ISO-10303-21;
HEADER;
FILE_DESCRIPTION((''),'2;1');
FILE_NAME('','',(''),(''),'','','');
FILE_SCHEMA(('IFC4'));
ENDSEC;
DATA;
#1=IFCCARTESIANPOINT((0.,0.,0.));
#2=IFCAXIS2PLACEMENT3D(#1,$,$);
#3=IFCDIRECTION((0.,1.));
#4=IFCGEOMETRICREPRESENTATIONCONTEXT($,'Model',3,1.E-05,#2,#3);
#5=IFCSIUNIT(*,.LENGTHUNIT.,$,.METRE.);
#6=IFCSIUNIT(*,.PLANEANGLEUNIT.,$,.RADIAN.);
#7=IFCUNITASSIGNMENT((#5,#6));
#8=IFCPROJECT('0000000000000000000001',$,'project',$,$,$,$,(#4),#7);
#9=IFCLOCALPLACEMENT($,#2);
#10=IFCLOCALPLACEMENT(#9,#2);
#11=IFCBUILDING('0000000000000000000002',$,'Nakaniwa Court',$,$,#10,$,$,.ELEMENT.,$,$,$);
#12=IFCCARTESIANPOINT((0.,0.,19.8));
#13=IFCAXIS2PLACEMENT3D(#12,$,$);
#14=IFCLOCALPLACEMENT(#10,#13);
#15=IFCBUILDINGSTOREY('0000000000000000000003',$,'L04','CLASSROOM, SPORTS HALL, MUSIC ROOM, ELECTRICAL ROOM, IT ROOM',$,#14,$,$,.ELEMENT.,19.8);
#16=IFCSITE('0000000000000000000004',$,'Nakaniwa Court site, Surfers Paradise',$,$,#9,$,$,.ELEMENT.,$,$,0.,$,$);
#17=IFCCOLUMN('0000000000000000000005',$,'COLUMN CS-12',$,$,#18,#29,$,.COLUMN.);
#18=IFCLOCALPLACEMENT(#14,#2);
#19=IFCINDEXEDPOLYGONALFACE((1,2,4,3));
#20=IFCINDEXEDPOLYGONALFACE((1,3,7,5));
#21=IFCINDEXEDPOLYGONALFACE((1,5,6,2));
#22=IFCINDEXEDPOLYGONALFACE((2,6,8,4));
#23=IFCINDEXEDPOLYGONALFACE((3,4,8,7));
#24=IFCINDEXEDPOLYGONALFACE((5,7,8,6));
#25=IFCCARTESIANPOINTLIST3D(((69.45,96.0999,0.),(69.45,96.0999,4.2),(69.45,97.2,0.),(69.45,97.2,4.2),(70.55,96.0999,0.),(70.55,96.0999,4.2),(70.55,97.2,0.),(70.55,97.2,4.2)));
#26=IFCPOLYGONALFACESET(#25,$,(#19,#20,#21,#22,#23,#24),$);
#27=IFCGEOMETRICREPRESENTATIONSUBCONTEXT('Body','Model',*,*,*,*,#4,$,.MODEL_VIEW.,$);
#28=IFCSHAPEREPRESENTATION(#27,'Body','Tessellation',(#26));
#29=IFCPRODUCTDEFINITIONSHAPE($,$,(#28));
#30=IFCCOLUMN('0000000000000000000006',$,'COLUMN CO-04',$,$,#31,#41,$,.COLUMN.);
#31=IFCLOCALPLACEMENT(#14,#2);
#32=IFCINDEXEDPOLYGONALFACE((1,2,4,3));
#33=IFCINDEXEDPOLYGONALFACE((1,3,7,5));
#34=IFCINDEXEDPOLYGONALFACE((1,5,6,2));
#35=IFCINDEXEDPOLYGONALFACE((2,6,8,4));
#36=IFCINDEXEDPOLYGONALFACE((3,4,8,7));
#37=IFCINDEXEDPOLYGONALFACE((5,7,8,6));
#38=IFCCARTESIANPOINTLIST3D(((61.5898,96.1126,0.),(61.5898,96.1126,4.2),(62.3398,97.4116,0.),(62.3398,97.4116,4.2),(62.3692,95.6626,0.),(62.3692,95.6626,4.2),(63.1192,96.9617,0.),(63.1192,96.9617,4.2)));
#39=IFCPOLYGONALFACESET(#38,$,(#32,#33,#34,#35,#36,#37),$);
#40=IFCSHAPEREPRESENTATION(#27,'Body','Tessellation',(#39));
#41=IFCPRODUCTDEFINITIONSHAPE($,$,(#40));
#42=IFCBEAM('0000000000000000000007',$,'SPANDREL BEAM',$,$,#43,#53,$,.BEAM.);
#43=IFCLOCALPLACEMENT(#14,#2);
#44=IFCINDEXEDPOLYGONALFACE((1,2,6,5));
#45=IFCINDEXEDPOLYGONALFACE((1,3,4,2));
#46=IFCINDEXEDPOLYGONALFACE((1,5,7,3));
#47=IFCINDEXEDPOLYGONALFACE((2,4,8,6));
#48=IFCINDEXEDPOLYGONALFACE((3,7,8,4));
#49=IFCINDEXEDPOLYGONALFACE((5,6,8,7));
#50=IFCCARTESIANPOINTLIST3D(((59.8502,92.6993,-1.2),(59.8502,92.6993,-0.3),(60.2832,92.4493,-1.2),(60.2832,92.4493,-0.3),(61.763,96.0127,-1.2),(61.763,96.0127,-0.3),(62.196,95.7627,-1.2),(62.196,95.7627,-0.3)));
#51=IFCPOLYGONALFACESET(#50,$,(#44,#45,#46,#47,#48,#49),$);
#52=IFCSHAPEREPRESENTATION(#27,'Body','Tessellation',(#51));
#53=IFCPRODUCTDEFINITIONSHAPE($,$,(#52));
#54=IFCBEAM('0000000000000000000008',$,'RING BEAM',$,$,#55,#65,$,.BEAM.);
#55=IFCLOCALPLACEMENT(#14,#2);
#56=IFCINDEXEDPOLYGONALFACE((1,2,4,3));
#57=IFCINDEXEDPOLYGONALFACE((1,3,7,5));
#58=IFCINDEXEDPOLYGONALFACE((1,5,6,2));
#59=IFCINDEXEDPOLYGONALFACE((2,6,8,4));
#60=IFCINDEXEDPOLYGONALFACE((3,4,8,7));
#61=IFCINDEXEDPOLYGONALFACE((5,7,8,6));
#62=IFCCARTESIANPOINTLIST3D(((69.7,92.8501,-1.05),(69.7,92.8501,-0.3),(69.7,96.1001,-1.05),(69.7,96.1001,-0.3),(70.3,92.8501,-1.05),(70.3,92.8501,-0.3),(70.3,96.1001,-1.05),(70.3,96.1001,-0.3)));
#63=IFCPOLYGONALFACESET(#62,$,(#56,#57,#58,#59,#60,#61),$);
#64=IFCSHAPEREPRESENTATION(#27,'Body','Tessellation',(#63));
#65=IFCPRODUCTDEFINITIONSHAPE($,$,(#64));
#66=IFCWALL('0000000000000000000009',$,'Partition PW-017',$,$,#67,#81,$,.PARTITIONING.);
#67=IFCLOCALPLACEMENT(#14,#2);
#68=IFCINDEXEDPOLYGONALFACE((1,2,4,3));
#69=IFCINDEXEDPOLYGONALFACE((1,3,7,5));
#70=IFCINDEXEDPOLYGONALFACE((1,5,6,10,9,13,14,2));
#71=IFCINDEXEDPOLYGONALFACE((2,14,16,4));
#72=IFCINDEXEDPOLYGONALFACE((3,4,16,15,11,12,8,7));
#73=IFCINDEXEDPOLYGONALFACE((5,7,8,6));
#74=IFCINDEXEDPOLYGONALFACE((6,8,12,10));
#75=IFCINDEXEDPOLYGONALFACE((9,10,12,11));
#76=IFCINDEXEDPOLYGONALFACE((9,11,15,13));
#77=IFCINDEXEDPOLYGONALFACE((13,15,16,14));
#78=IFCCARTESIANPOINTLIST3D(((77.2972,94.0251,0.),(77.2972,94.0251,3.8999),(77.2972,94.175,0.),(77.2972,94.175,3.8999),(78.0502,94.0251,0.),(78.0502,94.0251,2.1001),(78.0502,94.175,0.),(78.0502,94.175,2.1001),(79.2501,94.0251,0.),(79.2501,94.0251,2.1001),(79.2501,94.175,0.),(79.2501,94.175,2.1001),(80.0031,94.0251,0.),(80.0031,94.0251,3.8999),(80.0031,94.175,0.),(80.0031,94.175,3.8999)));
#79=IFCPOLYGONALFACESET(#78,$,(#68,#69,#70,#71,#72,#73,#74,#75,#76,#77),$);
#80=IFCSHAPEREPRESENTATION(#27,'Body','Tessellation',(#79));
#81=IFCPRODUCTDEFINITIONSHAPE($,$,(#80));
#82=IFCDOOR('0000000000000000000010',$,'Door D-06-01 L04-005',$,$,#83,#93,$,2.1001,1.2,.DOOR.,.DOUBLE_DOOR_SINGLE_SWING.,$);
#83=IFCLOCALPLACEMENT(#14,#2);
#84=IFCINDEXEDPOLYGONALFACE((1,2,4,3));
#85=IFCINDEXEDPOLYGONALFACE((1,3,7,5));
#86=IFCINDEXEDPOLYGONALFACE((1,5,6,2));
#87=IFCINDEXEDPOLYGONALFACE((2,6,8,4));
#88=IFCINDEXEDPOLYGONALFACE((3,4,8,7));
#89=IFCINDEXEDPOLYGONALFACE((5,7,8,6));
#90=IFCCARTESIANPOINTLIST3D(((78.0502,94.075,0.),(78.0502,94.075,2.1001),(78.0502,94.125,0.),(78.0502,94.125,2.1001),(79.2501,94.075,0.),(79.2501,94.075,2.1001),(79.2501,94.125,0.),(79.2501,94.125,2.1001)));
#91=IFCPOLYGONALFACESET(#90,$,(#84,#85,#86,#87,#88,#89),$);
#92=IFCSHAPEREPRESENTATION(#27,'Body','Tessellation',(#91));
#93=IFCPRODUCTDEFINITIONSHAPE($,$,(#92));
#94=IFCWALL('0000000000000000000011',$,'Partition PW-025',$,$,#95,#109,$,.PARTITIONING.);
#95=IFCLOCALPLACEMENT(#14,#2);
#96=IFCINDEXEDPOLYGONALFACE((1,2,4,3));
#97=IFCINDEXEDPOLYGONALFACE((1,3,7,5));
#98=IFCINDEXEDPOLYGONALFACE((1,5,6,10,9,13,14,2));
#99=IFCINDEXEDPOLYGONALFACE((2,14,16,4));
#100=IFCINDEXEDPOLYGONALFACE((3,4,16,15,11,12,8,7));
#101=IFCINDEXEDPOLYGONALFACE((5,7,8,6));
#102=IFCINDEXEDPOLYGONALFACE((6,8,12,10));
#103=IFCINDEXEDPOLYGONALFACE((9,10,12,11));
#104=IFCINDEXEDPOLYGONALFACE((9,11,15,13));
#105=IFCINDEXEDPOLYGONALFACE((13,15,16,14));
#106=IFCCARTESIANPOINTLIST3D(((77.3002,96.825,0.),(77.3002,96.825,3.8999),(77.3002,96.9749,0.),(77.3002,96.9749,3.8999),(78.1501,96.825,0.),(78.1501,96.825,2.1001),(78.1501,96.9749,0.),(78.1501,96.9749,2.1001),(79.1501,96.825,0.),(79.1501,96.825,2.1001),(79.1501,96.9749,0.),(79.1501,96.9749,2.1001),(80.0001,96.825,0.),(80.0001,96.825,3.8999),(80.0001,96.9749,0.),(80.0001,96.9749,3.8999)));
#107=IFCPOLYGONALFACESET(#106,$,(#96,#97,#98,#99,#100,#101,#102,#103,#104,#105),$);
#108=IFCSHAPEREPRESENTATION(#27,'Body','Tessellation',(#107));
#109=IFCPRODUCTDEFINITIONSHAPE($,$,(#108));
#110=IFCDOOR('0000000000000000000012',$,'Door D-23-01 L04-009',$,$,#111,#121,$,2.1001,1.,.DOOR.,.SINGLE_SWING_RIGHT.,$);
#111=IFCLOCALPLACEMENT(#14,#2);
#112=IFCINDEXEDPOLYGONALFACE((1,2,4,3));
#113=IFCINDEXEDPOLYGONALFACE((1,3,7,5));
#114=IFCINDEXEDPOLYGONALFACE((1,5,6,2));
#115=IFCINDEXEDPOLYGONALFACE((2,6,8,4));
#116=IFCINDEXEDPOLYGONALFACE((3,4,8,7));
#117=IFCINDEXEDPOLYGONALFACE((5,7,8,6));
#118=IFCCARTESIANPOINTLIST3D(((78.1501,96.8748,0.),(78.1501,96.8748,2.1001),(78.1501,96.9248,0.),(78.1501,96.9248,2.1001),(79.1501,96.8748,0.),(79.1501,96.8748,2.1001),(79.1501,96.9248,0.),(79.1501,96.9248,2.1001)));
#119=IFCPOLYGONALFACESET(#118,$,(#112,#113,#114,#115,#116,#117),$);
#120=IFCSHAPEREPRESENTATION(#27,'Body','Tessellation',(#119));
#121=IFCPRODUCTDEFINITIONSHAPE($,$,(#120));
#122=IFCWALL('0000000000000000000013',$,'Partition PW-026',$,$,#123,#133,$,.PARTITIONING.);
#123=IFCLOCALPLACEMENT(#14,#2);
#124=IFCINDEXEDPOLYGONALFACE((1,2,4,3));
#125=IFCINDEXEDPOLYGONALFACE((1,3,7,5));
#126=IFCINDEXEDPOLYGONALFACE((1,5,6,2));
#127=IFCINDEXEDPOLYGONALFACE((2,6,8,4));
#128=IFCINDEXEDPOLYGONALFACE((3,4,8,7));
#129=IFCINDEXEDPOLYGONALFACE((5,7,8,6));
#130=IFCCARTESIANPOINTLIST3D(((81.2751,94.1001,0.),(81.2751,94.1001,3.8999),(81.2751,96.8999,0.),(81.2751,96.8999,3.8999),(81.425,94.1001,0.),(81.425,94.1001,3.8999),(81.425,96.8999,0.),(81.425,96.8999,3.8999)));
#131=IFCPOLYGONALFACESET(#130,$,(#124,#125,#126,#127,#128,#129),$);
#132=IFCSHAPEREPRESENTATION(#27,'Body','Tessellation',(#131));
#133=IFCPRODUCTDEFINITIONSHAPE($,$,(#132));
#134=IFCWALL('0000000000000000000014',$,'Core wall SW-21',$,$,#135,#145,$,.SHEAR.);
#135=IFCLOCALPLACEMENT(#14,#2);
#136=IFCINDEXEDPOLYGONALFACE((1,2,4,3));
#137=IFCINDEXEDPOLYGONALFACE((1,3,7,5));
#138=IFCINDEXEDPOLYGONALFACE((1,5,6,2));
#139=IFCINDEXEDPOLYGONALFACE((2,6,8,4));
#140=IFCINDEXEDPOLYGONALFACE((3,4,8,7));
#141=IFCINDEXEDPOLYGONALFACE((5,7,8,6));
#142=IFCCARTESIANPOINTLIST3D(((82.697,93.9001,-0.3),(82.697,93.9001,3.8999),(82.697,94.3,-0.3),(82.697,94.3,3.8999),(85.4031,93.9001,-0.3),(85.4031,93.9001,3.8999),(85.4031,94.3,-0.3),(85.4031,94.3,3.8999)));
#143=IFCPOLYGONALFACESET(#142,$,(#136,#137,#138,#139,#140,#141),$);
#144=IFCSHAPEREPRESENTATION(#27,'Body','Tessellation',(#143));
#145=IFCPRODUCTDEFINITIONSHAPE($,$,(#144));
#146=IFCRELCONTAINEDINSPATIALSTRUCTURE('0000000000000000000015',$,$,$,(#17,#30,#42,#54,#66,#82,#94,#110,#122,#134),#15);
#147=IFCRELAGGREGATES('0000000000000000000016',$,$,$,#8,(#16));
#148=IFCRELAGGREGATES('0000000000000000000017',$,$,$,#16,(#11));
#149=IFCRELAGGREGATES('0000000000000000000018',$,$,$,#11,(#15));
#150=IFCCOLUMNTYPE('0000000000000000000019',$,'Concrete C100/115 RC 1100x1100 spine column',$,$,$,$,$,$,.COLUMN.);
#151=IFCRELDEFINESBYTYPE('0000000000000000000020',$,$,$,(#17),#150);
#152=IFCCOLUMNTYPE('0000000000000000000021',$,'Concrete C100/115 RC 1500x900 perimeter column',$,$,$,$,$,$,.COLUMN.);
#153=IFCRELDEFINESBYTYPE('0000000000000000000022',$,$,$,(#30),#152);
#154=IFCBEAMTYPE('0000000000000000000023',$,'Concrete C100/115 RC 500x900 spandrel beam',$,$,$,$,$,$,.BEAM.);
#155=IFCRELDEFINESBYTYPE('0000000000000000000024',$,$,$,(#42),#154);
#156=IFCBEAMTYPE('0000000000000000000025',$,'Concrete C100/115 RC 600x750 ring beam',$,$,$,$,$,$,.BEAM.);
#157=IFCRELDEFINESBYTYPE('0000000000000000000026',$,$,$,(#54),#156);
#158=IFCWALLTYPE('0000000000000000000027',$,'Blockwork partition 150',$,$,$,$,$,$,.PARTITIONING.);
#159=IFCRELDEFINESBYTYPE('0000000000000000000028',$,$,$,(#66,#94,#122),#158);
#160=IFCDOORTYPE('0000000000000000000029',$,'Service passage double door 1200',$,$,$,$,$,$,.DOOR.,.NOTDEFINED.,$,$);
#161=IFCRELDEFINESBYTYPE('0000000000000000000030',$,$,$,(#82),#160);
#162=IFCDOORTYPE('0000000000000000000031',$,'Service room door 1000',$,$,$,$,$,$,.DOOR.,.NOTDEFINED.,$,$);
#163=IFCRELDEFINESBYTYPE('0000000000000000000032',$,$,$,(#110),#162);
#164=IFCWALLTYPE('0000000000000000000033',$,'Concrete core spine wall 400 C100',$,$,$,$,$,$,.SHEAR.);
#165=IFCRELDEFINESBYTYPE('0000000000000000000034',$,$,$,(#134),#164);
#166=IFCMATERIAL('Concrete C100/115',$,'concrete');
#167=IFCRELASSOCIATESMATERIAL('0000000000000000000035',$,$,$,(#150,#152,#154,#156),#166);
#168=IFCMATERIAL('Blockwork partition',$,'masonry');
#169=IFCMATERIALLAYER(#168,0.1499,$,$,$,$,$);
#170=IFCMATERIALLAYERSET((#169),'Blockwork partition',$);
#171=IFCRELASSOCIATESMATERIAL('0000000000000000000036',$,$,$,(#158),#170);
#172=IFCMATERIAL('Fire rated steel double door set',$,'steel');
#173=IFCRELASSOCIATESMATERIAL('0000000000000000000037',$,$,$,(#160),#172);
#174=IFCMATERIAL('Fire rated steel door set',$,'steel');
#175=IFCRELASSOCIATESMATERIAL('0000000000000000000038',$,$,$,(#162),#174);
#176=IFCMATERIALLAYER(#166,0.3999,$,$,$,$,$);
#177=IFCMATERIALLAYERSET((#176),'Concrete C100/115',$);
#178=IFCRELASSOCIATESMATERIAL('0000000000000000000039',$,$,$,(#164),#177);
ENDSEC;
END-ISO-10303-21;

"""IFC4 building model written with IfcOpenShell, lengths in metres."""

from ifc_helpers import new_model, si_unit, direction, frame, frame_2d, origin, origin_2d, place, context, subcontext, project, spatial, rectangle, extrude, material, layer, layer_set, material_profile, profile_set, type_object, element, fill, save


model = new_model("IFC4")

# Units and contexts
model_context = context("Model", 3, precision=1e-05, world=origin(), true_north=direction((0.0, 1.0)))
body_context = subcontext(model_context, "Body", "Model", "MODEL_VIEW")
ifc_project = project(units=[si_unit("LENGTHUNIT", "METRE"), si_unit("PLANEANGLEUNIT", "RADIAN")], contexts=[model_context])

# Site, building, storey
site_placement = place(None, origin())
site = spatial("IfcSite", under=ifc_project, at=site_placement, Name="Nakaniwa Court site, Surfers Paradise", CompositionType="ELEMENT", RefElevation=0.0)
building_placement = place(site_placement, origin())
building = spatial("IfcBuilding", under=site, at=building_placement, Name="Nakaniwa Court", CompositionType="ELEMENT")
storey_placement = place(building_placement, frame((0.0, 0.0, 19.8)))
storey = spatial("IfcBuildingStorey", under=building, at=storey_placement, Name="L04", Description="CLASSROOM, SPORTS HALL, MUSIC ROOM, ELECTRICAL ROOM, IT ROOM", CompositionType="ELEMENT", Elevation=19.8)

# Columns
ifc_material_1 = material(Name="Concrete C100/115", Category="concrete")
ifc_material_profile_1 = material_profile(ifc_material_1, rectangle(XDim=1.1001, YDim=1.1001, at=origin_2d()), Name="Concrete C100/115 RC 1100x1100 spine column")
ifc_profile_set_1 = profile_set([ifc_material_profile_1], Name="Concrete C100/115")
column_type_1 = type_object("IfcColumnType", Name="Concrete C100/115 RC 1100x1100 spine column", PredefinedType="COLUMN", material=ifc_profile_set_1)
column_1_placement = place(storey_placement, frame((70.0, 96.6499, 0.0), z_axis=(0.0, 0.0, 1.0), x_axis=(0.0, -1.0, 0.0)))
element("IfcColumn", 1, at=column_1_placement, inside=storey, type_object=column_type_1, Name="COLUMN CS-12", PredefinedType="COLUMN", context=body_context, shape_type="SweptSolid", body=[
    extrude(rectangle(XDim=1.1001, YDim=1.1001, at=origin_2d()), origin(), (0.0, 0.0, 1.0), 4.2),
])
ifc_material_profile_2 = material_profile(ifc_material_1, rectangle(XDim=1.5, YDim=0.8999, at=origin_2d()), Name="Concrete C100/115 RC 1500x900 perimeter column")
ifc_profile_set_2 = profile_set([ifc_material_profile_2], Name="Concrete C100/115")
column_type_2 = type_object("IfcColumnType", Name="Concrete C100/115 RC 1500x900 perimeter column", PredefinedType="COLUMN", material=ifc_profile_set_2)
column_2_placement = place(storey_placement, frame((62.3545, 96.5371, 0.0), z_axis=(0.0, 0.0, 1.0), x_axis=(-0.5, -0.866025, 0.0)))
element("IfcColumn", 2, at=column_2_placement, inside=storey, type_object=column_type_2, Name="COLUMN CO-04", PredefinedType="COLUMN", context=body_context, shape_type="SweptSolid", body=[
    extrude(rectangle(XDim=1.5, YDim=0.8999, at=origin_2d()), origin(), (0.0, 0.0, 1.0), 4.2),
])

# Beams
ifc_material_profile_3 = material_profile(ifc_material_1, rectangle(XDim=0.5, YDim=0.8999, at=origin_2d()), Name="Concrete C100/115 RC 500x900 spandrel beam")
ifc_profile_set_3 = profile_set([ifc_material_profile_3], Name="Concrete C100/115")
beam_type_1 = type_object("IfcBeamType", Name="Concrete C100/115 RC 500x900 spandrel beam", PredefinedType="BEAM", material=ifc_profile_set_3)
beam_1_placement = place(storey_placement, frame((61.9795, 95.8877, -0.75), z_axis=(-0.499962, -0.866047, 0.0), x_axis=(0.866047, -0.499962, 0.0)))
element("IfcBeam", 3, at=beam_1_placement, inside=storey, type_object=beam_type_1, Name="SPANDREL BEAM", PredefinedType="BEAM", context=body_context, shape_type="SweptSolid", body=[
    extrude(rectangle(XDim=0.5, YDim=0.8999, at=origin_2d()), origin(), (0.0, 0.0, 1.0), 3.8259),
])
ifc_material_profile_4 = material_profile(ifc_material_1, rectangle(XDim=0.6001, YDim=0.75, at=origin_2d()), Name="Concrete C100/115 RC 600x750 ring beam")
ifc_profile_set_4 = profile_set([ifc_material_profile_4], Name="Concrete C100/115")
beam_type_2 = type_object("IfcBeamType", Name="Concrete C100/115 RC 600x750 ring beam", PredefinedType="BEAM", material=ifc_profile_set_4)
beam_2_placement = place(storey_placement, frame((70.0, 96.1001, -0.675), z_axis=(0.0, -1.0, 0.0), x_axis=(1.0, 0.0, 0.0)))
element("IfcBeam", 4, at=beam_2_placement, inside=storey, type_object=beam_type_2, Name="RING BEAM", PredefinedType="BEAM", context=body_context, shape_type="SweptSolid", body=[
    extrude(rectangle(XDim=0.6001, YDim=0.75, at=origin_2d()), origin(), (0.0, 0.0, 1.0), 3.25),
])

# Walls, openings, doors
ifc_material_2 = material(Name="Blockwork partition", Category="masonry")
ifc_layer_1 = layer(ifc_material_2, 0.1499)
ifc_layer_set_1 = layer_set([ifc_layer_1], Name="Blockwork partition")
wall_type_1 = type_object("IfcWallType", Name="Blockwork partition 150", PredefinedType="PARTITIONING", material=ifc_layer_set_1)
wall_1_placement = place(storey_placement, frame((77.2971, 94.1001, 0.0), z_axis=(0.0, 0.0, 1.0), x_axis=(1.0, 0.0, 0.0)))
wall_1 = element("IfcWall", 5, at=wall_1_placement, inside=storey, type_object=wall_type_1, Name="Partition PW-017", PredefinedType="PARTITIONING", context=body_context, shape_type="SweptSolid", body=[
    extrude(rectangle(XDim=2.7058, YDim=0.1499, at=frame_2d((1.353, 0.0))), origin(), (0.0, 0.0, 1.0), 3.8999),
])
opening_1_placement = place(wall_1_placement, frame((0.7529, 0.0, 0.0)))
opening_1 = element("IfcOpeningElement", 6, at=opening_1_placement, cuts=wall_1, PredefinedType="OPENING", context=body_context, shape_type="SweptSolid", body=[
    extrude(rectangle(XDim=1.2, YDim=2.1001, at=frame_2d((0.6001, 1.05))), frame((0.0, 0.085, 0.0), z_axis=(0.0, -1.0, 0.0), x_axis=(1.0, 0.0, 0.0)), (0.0, 0.0, 1.0), 0.1699),
])
ifc_material_3 = material(Name="Fire rated steel double door set", Category="steel")
door_type_1 = type_object("IfcDoorType", Name="Service passage double door 1200", OperationType="NOTDEFINED", PredefinedType="DOOR", material=ifc_material_3)
door_1_placement = place(opening_1_placement, origin())
door_1 = element("IfcDoor", 7, at=door_1_placement, inside=storey, type_object=door_type_1, Name="Door D-06-01 L04-005", OperationType="DOUBLE_DOOR_SINGLE_SWING", OverallHeight=2.1001, OverallWidth=1.2, PredefinedType="DOOR", context=body_context, shape_type="SweptSolid", body=[
    extrude(rectangle(XDim=1.2, YDim=2.1001, at=frame_2d((0.6001, 1.05))), frame((0.0, 0.0249, 0.0), z_axis=(0.0, -1.0, 0.0), x_axis=(1.0, 0.0, 0.0)), (0.0, 0.0, 1.0), 0.05),
])
fill(opening_1, door_1)
wall_2_placement = place(storey_placement, frame((77.3, 96.8999, 0.0), z_axis=(0.0, 0.0, 1.0), x_axis=(1.0, 0.0, 0.0)))
wall_2 = element("IfcWall", 8, at=wall_2_placement, inside=storey, type_object=wall_type_1, Name="Partition PW-025", PredefinedType="PARTITIONING", context=body_context, shape_type="SweptSolid", body=[
    extrude(rectangle(XDim=2.7, YDim=0.1499, at=frame_2d((1.3501, 0.0))), origin(), (0.0, 0.0, 1.0), 3.8999),
])
opening_2_placement = place(wall_2_placement, frame((0.8501, 0.0, 0.0)))
opening_2 = element("IfcOpeningElement", 9, at=opening_2_placement, cuts=wall_2, PredefinedType="OPENING", context=body_context, shape_type="SweptSolid", body=[
    extrude(rectangle(XDim=1.0, YDim=2.1001, at=frame_2d((0.5, 1.05))), frame((0.0, 0.085, 0.0), z_axis=(0.0, -1.0, 0.0), x_axis=(1.0, 0.0, 0.0)), (0.0, 0.0, 1.0), 0.1699),
])
ifc_material_4 = material(Name="Fire rated steel door set", Category="steel")
door_type_2 = type_object("IfcDoorType", Name="Service room door 1000", OperationType="NOTDEFINED", PredefinedType="DOOR", material=ifc_material_4)
door_2_placement = place(opening_2_placement, origin())
door_2 = element("IfcDoor", 10, at=door_2_placement, inside=storey, type_object=door_type_2, Name="Door D-23-01 L04-009", OperationType="SINGLE_SWING_RIGHT", OverallHeight=2.1001, OverallWidth=1.0, PredefinedType="DOOR", context=body_context, shape_type="SweptSolid", body=[
    extrude(rectangle(XDim=1.0, YDim=2.1001, at=frame_2d((0.5, 1.05))), frame((0.0, 0.0249, 0.0), z_axis=(0.0, -1.0, 0.0), x_axis=(1.0, 0.0, 0.0)), (0.0, 0.0, 1.0), 0.05),
])
fill(opening_2, door_2)

# Walls
wall_3_placement = place(storey_placement, frame((81.3501, 94.1001, 0.0), z_axis=(0.0, 0.0, 1.0), x_axis=(0.0, 1.0, 0.0)))
element("IfcWall", 11, at=wall_3_placement, inside=storey, type_object=wall_type_1, Name="Partition PW-026", PredefinedType="PARTITIONING", context=body_context, shape_type="SweptSolid", body=[
    extrude(rectangle(XDim=2.7998, YDim=0.1499, at=frame_2d((1.3999, 0.0))), origin(), (0.0, 0.0, 1.0), 3.8999),
])
ifc_layer_2 = layer(ifc_material_1, 0.3999)
ifc_layer_set_2 = layer_set([ifc_layer_2], Name="Concrete C100/115")
wall_type_2 = type_object("IfcWallType", Name="Concrete core spine wall 400 C100", PredefinedType="SHEAR", material=ifc_layer_set_2)
wall_4_placement = place(storey_placement, frame((82.697, 94.1001, -0.3), z_axis=(0.0, 0.0, 1.0), x_axis=(1.0, 0.0, 0.0)))
element("IfcWall", 12, at=wall_4_placement, inside=storey, type_object=wall_type_2, Name="Core wall SW-21", PredefinedType="SHEAR", context=body_context, shape_type="SweptSolid", body=[
    extrude(rectangle(XDim=2.7061, YDim=0.3999, at=frame_2d((1.353, 0.0))), origin(), (0.0, 0.0, 1.0), 4.2),
])

save(model, "model.ifc")
